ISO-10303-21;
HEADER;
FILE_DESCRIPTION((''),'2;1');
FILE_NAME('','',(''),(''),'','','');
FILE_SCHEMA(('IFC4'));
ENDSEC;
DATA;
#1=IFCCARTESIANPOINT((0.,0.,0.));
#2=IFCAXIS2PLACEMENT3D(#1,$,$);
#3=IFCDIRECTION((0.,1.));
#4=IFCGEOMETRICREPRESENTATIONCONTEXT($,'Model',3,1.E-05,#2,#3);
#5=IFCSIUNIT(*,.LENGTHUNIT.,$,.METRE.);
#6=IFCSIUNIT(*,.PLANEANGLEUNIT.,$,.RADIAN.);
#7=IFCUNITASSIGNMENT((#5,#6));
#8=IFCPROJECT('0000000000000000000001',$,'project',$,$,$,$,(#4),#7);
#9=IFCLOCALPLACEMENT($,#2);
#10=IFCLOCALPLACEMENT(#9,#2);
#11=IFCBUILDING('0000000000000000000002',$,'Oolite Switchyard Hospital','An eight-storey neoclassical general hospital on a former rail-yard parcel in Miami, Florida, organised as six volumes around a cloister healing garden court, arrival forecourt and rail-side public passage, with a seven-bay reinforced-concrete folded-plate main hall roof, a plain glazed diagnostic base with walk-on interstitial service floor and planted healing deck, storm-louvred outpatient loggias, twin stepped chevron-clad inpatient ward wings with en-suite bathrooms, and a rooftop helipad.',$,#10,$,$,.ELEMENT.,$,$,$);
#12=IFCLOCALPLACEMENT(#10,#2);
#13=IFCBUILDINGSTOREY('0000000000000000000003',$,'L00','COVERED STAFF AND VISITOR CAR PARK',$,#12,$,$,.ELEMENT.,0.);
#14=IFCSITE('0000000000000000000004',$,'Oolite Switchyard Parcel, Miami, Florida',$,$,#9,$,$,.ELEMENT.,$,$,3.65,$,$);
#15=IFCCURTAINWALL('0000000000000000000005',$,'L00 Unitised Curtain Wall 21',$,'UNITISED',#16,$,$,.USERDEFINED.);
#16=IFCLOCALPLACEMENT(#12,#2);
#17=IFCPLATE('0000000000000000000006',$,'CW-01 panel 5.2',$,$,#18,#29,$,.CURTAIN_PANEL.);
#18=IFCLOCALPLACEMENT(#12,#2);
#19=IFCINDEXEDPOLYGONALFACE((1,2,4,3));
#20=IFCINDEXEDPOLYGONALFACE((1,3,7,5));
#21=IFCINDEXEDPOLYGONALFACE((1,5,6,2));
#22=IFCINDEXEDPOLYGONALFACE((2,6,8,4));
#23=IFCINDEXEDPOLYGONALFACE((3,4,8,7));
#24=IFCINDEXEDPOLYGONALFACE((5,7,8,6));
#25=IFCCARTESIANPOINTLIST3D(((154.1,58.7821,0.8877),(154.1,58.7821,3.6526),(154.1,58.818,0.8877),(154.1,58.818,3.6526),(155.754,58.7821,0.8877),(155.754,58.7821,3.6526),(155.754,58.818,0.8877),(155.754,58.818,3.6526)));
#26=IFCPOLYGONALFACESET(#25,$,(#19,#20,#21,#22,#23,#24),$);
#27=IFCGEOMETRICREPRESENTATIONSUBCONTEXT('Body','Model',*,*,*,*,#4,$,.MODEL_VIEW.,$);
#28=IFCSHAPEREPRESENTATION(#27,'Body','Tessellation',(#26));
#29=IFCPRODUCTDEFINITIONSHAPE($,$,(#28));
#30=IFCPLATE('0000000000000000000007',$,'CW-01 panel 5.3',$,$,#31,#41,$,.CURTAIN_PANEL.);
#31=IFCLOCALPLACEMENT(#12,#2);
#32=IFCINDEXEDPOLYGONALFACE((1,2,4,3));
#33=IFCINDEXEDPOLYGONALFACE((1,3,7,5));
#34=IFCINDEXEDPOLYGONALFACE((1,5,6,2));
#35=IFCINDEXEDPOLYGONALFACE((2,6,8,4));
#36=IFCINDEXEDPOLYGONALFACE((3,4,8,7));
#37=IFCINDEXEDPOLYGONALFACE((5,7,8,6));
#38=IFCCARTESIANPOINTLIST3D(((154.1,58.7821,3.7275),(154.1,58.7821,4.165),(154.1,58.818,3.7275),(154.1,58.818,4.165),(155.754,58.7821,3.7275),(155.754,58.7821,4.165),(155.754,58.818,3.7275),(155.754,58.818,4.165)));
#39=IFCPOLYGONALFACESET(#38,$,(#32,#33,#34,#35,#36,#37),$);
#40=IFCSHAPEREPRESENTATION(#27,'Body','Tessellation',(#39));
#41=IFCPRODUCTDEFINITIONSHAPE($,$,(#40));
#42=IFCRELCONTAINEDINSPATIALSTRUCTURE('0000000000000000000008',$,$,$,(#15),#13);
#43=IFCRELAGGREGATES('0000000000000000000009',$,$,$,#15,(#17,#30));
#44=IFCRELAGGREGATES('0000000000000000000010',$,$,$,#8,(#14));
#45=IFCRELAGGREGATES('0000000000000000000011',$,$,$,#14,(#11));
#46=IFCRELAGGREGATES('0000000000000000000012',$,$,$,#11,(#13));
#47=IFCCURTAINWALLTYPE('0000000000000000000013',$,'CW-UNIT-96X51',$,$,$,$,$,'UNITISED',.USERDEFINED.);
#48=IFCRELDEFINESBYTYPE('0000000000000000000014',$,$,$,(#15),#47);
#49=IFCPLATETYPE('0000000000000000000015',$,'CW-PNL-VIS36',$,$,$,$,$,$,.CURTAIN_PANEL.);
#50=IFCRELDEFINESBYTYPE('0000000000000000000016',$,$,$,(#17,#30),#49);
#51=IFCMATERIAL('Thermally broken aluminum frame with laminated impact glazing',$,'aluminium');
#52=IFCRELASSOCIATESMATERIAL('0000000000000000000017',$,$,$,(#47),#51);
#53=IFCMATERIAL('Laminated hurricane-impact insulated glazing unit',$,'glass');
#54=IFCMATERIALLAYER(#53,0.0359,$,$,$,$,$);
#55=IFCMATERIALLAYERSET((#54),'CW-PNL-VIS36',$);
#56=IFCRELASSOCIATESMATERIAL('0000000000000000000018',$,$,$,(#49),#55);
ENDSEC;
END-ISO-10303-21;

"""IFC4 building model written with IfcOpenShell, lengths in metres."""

from ifc_helpers import new_model, si_unit, direction, frame, origin, origin_2d, place, context, subcontext, project, spatial, rectangle, extrude, material, layer, layer_set, type_object, element, aggregate, save


model = new_model("IFC4")

# Units and contexts
model_context = context("Model", 3, precision=1e-05, world=origin(), true_north=direction((0.0, 1.0)))
body_context = subcontext(model_context, "Body", "Model", "MODEL_VIEW")
ifc_project = project(units=[si_unit("LENGTHUNIT", "METRE"), si_unit("PLANEANGLEUNIT", "RADIAN")], contexts=[model_context])

# Site, building, storey
site_placement = place(None, origin())
site = spatial("IfcSite", under=ifc_project, at=site_placement, Name="Oolite Switchyard Parcel, Miami, Florida", CompositionType="ELEMENT", RefElevation=3.65)
building_placement = place(site_placement, origin())
building = spatial("IfcBuilding", under=site, at=building_placement, Name="Oolite Switchyard Hospital", Description="An eight-storey neoclassical general hospital on a former rail-yard parcel in Miami, Florida, organised as six volumes around a cloister healing garden court, arrival forecourt and rail-side public passage, with a seven-bay reinforced-concrete folded-plate main hall roof, a plain glazed diagnostic base with walk-on interstitial service floor and planted healing deck, storm-louvred outpatient loggias, twin stepped chevron-clad inpatient ward wings with en-suite bathrooms, and a rooftop helipad.", CompositionType="ELEMENT")
storey_placement = place(building_placement, origin())
storey = spatial("IfcBuildingStorey", under=building, at=storey_placement, Name="L00", Description="COVERED STAFF AND VISITOR CAR PARK", CompositionType="ELEMENT", Elevation=0.0)

# Curtain wall
ifc_material_1 = material(Name="Thermally broken aluminum frame with laminated impact glazing", Category="aluminium")
curtain_wall_type = type_object("IfcCurtainWallType", Name="CW-UNIT-96X51", ElementType="UNITISED", PredefinedType="USERDEFINED", material=ifc_material_1)
curtain_wall_1_placement = place(storey_placement, origin())
curtain_wall_1 = element("IfcCurtainWall", 1, at=curtain_wall_1_placement, inside=storey, type_object=curtain_wall_type, Name="L00 Unitised Curtain Wall 21", ObjectType="UNITISED", PredefinedType="USERDEFINED")

# Plates
ifc_material_2 = material(Name="Laminated hurricane-impact insulated glazing unit", Category="glass")
ifc_layer_1 = layer(ifc_material_2, 0.0359)
ifc_layer_set_1 = layer_set([ifc_layer_1], Name="CW-PNL-VIS36")
plate_type_1 = type_object("IfcPlateType", Name="CW-PNL-VIS36", PredefinedType="CURTAIN_PANEL", material=ifc_layer_set_1)
plate_1_placement = place(storey_placement, frame((154.927, 58.8, 0.8877), z_axis=(0.0, 0.0, 1.0), x_axis=(-1.0, 0.0, 0.0)))
plate_1 = element("IfcPlate", 2, at=plate_1_placement, type_object=plate_type_1, Name="CW-01 panel 5.2", PredefinedType="CURTAIN_PANEL", context=body_context, shape_type="SweptSolid", body=[
    extrude(rectangle(XDim=1.6541, YDim=0.0359, at=origin_2d()), origin(), (0.0, 0.0, 1.0), 2.7649),
])
plate_2_placement = place(storey_placement, frame((154.927, 58.8, 3.7275), z_axis=(0.0, 0.0, 1.0), x_axis=(-1.0, 0.0, 0.0)))
plate_2 = element("IfcPlate", 3, at=plate_2_placement, type_object=plate_type_1, Name="CW-01 panel 5.3", PredefinedType="CURTAIN_PANEL", context=body_context, shape_type="SweptSolid", body=[
    extrude(rectangle(XDim=1.6541, YDim=0.0359, at=origin_2d()), origin(), (0.0, 0.0, 1.0), 0.4375),
])
aggregate(curtain_wall_1, [plate_1, plate_2])

save(model, "model.ifc")
